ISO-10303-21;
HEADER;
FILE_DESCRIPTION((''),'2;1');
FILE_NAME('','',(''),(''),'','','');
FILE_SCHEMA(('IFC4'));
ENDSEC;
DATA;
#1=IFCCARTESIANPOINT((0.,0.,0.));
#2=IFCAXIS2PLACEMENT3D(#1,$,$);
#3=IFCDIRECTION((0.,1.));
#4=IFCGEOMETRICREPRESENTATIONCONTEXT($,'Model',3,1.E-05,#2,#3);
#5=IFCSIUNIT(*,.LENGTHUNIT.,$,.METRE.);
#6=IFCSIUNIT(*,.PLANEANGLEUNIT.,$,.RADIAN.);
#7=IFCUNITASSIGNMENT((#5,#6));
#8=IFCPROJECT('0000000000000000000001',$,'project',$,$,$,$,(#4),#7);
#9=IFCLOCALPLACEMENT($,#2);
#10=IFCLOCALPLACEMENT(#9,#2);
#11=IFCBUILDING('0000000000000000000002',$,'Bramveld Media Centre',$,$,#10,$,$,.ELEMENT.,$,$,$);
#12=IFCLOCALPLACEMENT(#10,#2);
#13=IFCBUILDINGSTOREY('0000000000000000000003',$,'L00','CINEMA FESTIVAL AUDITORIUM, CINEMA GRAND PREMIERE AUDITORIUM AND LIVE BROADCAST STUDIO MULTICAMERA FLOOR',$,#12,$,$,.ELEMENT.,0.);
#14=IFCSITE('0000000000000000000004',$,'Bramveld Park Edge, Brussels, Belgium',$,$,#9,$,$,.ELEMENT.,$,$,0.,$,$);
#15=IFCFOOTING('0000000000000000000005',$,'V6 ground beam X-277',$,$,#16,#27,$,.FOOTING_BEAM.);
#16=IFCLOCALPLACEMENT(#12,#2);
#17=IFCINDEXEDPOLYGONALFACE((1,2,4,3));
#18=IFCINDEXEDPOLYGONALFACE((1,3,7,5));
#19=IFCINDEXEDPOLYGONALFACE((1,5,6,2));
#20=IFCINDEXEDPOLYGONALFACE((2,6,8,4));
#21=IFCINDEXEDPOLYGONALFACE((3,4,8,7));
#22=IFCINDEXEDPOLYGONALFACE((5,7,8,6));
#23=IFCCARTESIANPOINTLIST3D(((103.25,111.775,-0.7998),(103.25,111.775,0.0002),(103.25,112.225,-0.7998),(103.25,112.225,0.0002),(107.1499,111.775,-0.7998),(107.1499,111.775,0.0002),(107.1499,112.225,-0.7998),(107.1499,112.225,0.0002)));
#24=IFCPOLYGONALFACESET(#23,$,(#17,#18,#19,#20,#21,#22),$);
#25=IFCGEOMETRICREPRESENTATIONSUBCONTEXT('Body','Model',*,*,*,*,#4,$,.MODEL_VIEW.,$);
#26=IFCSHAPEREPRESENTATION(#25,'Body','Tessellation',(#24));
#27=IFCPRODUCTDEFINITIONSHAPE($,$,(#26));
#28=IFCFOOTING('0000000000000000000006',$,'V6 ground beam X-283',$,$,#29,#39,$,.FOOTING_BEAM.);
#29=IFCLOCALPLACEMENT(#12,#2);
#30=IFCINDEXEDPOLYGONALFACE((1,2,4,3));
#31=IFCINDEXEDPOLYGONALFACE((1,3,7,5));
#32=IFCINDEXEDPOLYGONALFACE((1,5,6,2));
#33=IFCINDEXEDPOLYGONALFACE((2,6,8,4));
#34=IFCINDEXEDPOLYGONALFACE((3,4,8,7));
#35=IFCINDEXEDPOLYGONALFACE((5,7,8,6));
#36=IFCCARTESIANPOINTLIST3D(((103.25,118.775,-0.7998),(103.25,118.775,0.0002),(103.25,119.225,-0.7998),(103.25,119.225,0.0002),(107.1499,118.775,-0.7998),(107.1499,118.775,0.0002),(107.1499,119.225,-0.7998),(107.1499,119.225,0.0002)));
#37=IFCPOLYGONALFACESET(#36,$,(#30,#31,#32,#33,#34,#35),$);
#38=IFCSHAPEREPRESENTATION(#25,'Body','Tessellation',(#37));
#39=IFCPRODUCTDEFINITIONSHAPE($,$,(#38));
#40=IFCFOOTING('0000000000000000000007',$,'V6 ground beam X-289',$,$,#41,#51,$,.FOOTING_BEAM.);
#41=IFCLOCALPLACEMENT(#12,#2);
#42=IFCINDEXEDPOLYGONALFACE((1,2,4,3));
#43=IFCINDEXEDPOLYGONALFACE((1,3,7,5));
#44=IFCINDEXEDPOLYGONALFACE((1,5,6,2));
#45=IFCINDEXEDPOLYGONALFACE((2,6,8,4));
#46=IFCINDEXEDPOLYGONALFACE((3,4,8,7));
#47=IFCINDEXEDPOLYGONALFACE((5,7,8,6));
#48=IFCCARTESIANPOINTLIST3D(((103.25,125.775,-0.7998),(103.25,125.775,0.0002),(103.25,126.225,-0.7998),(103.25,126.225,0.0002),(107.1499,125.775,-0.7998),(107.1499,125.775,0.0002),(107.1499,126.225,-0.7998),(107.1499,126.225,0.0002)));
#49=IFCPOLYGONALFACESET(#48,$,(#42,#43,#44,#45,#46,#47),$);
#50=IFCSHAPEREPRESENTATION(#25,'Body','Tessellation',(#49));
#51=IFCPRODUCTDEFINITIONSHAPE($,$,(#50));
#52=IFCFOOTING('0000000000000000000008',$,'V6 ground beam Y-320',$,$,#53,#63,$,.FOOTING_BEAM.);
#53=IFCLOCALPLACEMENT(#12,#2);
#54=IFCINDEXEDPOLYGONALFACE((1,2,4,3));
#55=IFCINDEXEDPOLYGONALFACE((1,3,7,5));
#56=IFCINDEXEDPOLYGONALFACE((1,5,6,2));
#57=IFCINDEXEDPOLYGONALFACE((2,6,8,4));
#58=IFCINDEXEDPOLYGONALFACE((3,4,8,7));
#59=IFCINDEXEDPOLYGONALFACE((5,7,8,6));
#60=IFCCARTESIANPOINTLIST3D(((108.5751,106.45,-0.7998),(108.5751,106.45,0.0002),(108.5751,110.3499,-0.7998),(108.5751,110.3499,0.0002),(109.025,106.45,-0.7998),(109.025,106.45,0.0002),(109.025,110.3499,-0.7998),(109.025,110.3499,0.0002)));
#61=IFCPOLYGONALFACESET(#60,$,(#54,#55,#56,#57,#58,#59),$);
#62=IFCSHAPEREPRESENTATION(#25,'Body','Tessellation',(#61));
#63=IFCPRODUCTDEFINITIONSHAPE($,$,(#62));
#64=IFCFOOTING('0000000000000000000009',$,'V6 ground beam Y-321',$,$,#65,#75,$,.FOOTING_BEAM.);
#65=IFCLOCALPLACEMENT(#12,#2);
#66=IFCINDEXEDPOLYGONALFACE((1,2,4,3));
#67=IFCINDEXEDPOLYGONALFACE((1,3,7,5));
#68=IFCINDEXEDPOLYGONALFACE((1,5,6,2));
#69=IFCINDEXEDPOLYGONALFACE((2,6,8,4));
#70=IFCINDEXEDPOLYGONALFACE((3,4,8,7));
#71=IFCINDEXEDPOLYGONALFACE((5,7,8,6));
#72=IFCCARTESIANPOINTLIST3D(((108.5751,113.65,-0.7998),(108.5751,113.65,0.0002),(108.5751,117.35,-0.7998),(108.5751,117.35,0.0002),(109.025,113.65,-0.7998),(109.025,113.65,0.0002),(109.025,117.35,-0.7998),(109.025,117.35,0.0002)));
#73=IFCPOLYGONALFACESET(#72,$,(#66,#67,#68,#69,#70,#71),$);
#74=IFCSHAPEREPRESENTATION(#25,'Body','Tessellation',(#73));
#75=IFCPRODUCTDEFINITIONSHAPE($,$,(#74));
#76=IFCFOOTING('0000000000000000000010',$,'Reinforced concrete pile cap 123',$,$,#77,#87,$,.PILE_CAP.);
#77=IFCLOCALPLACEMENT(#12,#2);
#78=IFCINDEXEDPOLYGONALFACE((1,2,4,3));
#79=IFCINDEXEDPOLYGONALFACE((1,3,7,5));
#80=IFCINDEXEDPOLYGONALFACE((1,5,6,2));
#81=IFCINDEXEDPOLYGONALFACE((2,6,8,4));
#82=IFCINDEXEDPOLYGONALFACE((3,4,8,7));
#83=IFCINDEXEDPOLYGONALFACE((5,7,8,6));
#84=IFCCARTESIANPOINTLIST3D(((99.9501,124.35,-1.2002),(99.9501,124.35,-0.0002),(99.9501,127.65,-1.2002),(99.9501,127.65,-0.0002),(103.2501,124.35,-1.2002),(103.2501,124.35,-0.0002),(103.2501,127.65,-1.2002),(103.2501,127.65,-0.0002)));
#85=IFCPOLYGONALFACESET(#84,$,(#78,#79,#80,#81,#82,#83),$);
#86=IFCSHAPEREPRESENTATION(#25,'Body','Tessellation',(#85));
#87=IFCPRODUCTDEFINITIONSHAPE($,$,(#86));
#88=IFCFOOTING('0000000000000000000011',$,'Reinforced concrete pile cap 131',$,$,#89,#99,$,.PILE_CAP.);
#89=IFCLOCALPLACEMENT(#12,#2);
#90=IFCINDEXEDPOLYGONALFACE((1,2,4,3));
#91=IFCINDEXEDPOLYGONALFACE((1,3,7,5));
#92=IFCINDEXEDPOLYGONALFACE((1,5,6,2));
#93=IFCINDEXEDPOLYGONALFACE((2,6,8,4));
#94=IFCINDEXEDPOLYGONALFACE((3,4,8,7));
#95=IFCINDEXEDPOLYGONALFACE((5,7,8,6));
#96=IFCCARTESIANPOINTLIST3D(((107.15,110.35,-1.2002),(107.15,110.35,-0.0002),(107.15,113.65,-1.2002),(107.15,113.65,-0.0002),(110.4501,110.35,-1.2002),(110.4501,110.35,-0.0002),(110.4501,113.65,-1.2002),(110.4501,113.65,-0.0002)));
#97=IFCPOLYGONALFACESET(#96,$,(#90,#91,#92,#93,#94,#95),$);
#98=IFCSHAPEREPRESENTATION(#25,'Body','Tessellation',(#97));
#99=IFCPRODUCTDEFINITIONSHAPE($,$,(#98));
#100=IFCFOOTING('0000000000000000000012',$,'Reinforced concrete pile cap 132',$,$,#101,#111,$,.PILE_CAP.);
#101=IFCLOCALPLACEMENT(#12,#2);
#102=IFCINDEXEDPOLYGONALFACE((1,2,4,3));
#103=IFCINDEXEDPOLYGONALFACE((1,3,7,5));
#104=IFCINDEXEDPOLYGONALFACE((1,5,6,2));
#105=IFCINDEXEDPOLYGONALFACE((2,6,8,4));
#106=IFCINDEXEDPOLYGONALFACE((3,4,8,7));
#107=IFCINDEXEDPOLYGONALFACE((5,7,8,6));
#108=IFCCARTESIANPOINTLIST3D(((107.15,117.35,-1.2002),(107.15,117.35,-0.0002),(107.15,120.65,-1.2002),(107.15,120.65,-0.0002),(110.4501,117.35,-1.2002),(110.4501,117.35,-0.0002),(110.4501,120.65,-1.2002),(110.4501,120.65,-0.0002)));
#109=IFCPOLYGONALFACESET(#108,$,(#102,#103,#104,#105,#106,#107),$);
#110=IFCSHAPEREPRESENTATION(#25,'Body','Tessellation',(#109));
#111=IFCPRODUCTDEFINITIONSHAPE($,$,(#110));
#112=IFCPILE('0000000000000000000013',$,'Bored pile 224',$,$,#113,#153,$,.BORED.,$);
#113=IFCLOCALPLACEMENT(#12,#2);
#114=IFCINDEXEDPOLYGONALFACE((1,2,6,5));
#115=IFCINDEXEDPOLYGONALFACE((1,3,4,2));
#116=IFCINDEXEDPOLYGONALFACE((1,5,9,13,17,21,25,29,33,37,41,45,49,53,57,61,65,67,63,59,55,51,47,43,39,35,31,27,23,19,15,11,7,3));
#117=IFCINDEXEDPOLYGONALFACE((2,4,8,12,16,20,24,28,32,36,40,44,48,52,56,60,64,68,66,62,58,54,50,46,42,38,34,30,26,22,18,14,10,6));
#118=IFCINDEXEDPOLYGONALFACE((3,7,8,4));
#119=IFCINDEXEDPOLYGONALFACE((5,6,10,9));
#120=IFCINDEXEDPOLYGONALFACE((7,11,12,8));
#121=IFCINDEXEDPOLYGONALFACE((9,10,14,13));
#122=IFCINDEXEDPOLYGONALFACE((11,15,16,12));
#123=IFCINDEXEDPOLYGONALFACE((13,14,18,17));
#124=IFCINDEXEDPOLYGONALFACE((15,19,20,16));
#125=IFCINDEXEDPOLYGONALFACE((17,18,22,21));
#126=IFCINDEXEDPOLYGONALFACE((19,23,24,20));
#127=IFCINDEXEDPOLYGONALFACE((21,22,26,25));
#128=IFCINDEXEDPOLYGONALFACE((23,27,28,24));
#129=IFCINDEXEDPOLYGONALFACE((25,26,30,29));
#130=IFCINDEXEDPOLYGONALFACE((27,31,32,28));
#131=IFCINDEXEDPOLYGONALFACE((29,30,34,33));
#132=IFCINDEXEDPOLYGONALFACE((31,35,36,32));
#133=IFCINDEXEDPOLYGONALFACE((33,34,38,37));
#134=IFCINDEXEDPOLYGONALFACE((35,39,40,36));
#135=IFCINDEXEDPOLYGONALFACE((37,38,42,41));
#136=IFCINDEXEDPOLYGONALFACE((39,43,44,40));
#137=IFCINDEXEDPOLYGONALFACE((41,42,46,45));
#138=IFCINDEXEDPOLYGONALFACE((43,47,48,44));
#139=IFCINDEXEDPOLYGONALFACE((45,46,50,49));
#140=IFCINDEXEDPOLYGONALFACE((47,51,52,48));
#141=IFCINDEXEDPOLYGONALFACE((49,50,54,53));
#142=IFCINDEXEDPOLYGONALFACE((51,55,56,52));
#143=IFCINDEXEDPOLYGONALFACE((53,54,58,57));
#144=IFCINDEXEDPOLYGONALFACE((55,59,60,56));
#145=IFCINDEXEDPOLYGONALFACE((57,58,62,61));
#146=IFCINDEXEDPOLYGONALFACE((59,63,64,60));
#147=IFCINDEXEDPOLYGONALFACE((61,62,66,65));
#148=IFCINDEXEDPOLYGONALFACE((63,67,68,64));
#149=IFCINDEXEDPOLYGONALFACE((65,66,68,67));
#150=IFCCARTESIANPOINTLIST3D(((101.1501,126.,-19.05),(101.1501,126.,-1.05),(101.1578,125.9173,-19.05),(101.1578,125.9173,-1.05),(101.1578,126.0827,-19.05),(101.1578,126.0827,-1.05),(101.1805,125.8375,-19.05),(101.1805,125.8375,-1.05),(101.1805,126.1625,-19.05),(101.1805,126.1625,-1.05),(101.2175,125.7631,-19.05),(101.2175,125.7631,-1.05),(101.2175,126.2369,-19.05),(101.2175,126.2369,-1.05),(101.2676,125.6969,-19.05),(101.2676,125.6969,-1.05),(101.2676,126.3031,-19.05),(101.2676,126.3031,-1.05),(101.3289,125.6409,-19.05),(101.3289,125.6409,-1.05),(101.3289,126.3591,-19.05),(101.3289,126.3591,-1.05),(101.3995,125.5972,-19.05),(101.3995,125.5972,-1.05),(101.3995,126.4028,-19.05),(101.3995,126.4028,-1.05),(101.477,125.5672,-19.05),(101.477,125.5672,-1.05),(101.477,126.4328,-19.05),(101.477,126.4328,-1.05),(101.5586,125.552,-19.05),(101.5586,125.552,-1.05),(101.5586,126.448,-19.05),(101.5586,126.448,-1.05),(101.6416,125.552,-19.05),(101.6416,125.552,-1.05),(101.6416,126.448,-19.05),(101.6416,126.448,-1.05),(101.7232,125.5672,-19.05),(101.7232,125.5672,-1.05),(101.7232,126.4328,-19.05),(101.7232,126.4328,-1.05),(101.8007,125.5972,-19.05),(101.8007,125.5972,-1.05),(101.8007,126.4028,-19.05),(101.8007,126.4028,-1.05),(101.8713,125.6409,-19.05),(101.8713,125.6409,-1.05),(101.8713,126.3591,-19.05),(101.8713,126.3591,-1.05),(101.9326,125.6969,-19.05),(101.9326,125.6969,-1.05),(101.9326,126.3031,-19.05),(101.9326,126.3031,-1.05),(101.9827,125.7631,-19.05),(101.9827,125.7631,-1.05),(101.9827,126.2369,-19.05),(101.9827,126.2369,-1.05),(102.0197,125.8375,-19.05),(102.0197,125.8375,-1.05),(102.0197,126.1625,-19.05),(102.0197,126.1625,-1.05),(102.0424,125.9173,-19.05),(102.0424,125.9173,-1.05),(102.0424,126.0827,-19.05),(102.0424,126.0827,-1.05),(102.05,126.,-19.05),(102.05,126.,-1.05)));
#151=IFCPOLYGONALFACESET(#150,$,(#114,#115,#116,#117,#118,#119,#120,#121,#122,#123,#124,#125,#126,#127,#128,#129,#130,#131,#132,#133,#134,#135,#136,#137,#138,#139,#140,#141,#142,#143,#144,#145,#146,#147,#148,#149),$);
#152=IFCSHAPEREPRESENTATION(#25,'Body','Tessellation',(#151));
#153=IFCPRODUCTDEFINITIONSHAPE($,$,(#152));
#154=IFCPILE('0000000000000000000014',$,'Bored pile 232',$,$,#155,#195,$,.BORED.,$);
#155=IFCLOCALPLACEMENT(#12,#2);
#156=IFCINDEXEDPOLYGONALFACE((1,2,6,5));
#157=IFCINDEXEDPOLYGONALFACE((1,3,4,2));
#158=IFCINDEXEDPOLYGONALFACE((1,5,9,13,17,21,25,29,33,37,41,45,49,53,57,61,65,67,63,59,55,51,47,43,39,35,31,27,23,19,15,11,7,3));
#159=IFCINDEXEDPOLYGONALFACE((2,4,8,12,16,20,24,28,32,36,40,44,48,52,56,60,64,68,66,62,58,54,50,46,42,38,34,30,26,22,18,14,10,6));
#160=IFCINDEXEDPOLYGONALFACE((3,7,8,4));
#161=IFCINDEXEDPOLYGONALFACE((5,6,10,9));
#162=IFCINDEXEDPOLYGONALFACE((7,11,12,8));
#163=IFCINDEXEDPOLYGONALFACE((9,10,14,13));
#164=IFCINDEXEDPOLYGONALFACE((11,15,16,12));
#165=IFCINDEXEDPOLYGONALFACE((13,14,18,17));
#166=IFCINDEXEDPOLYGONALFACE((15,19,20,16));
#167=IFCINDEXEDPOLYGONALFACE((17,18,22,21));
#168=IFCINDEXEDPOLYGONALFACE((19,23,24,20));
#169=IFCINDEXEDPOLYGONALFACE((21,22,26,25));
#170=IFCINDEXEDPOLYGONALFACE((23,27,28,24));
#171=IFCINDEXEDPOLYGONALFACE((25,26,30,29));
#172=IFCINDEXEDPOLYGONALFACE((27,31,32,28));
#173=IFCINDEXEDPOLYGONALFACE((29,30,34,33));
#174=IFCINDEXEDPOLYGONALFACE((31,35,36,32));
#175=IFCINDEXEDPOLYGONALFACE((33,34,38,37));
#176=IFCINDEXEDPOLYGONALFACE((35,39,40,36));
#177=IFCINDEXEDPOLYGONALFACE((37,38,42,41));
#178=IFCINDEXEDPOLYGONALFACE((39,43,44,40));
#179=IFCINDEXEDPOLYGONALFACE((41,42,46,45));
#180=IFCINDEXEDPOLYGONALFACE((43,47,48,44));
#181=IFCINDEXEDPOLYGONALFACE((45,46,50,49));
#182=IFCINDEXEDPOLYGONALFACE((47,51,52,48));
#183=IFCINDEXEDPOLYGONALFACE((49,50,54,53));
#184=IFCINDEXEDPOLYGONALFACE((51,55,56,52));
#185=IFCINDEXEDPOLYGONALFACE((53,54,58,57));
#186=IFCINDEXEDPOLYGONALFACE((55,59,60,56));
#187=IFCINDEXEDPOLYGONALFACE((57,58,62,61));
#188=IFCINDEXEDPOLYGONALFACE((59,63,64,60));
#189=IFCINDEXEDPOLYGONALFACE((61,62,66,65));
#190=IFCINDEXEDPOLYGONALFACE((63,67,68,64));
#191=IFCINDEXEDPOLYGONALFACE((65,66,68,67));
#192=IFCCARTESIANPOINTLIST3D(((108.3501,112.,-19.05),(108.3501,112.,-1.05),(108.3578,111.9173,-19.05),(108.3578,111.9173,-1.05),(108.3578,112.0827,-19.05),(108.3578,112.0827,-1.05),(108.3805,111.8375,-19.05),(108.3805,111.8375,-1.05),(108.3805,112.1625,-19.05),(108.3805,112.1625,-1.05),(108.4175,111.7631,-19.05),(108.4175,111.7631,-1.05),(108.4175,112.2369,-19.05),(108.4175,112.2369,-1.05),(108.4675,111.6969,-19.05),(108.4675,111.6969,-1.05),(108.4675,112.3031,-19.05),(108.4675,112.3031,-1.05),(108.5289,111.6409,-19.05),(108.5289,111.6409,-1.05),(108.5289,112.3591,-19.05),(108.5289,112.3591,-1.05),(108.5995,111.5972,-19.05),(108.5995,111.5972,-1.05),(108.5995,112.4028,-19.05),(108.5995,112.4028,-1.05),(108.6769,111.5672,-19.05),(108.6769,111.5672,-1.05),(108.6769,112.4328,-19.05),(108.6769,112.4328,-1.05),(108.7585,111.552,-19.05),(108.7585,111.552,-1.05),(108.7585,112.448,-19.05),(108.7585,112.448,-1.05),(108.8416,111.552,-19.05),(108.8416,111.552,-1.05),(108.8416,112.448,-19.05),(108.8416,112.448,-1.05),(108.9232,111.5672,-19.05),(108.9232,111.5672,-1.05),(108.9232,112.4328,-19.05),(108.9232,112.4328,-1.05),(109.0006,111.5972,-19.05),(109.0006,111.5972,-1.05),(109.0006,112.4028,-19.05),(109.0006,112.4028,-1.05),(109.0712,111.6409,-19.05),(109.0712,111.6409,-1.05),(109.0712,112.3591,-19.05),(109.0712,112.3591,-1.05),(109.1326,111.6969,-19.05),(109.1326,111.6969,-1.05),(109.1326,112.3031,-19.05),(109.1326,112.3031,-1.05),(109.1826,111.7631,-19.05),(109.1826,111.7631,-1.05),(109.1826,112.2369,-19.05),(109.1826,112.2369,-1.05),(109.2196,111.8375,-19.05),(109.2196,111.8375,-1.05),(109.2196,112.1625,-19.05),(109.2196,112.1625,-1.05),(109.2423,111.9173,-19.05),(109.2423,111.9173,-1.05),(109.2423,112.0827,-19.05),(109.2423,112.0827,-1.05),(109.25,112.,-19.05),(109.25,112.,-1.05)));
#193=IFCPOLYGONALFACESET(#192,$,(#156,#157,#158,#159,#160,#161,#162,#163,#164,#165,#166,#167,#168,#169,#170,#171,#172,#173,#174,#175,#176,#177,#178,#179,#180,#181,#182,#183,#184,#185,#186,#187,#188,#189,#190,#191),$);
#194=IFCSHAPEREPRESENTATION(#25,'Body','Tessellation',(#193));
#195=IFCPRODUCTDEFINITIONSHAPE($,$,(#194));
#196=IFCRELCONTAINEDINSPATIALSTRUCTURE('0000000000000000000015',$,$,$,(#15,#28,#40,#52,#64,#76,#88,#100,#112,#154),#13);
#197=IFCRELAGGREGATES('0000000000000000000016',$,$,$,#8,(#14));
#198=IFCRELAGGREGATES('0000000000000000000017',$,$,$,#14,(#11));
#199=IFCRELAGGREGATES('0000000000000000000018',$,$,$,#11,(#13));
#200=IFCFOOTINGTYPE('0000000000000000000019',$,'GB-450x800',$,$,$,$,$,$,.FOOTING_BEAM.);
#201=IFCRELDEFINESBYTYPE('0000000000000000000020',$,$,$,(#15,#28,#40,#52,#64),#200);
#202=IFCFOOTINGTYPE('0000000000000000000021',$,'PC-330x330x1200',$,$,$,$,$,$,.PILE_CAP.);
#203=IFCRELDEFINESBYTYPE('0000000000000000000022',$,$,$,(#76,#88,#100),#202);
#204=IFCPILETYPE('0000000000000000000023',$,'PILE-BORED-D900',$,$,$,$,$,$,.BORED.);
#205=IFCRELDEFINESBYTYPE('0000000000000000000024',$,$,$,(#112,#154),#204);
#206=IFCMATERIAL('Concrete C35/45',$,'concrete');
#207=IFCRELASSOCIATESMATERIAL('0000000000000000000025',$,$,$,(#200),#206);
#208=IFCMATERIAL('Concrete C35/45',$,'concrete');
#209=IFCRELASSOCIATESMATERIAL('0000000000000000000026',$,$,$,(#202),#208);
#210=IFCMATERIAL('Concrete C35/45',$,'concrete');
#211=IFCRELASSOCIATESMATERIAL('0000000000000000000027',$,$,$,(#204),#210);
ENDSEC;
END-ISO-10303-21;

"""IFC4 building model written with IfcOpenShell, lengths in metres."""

from ifc_helpers import new_model, si_unit, direction, frame, origin, origin_2d, place, context, subcontext, project, spatial, rectangle, circle, extrude, material, material_profile, profile_set, type_object, element, save


model = new_model("IFC4")

# Units and contexts
model_context = context("Model", 3, precision=1e-05, world=origin(), true_north=direction((0.0, 1.0)))
body_context = subcontext(model_context, "Body", "Model", "MODEL_VIEW")
ifc_project = project(units=[si_unit("LENGTHUNIT", "METRE"), si_unit("PLANEANGLEUNIT", "RADIAN")], contexts=[model_context])

# Site, building, storey
site_placement = place(None, origin())
site = spatial("IfcSite", under=ifc_project, at=site_placement, Name="Bramveld Park Edge, Brussels, Belgium", CompositionType="ELEMENT", RefElevation=0.0)
building_placement = place(site_placement, origin())
building = spatial("IfcBuilding", under=site, at=building_placement, Name="Bramveld Media Centre", CompositionType="ELEMENT")
storey_placement = place(building_placement, origin())
storey = spatial("IfcBuildingStorey", under=building, at=storey_placement, Name="L00", Description="CINEMA FESTIVAL AUDITORIUM, CINEMA GRAND PREMIERE AUDITORIUM AND LIVE BROADCAST STUDIO MULTICAMERA FLOOR", CompositionType="ELEMENT", Elevation=0.0)

# Footings
ifc_material_1 = material(Name="Concrete C35/45", Category="concrete")
footing_type_1 = type_object("IfcFootingType", Name="GB-450x800", PredefinedType="FOOTING_BEAM", material=ifc_material_1)
for number, where, z_axis, x_axis, name in (
    (1, (105.2, 112.0, -0.7998), (0.0, 0.0, 1.0), (1.0, 0.0, 0.0), "V6 ground beam X-277"),
    (2, (105.2, 119.0, -0.7998), (0.0, 0.0, 1.0), (1.0, 0.0, 0.0), "V6 ground beam X-283"),
    (3, (105.2, 126.0, -0.7998), (0.0, 0.0, 1.0), (1.0, 0.0, 0.0), "V6 ground beam X-289"),
):
    element("IfcFooting", number, at=place(storey_placement, frame(where, z_axis=z_axis, x_axis=x_axis)), inside=storey, type_object=footing_type_1, Name=name, PredefinedType="FOOTING_BEAM", context=body_context, shape_type="SweptSolid", body=[
        extrude(rectangle(XDim=3.8999, YDim=0.45, at=origin_2d()), origin(), (0.0, 0.0, 1.0), 0.8),
    ])
footing_1_placement = place(storey_placement, frame((108.8, 108.3999, -0.7998), z_axis=(0.0, 0.0, 1.0), x_axis=(1.0, 0.0, 0.0)))
element("IfcFooting", 4, at=footing_1_placement, inside=storey, type_object=footing_type_1, Name="V6 ground beam Y-320", PredefinedType="FOOTING_BEAM", context=body_context, shape_type="SweptSolid", body=[
    extrude(rectangle(XDim=0.45, YDim=3.8999, at=origin_2d()), origin(), (0.0, 0.0, 1.0), 0.8),
])
footing_2_placement = place(storey_placement, frame((108.8, 115.5, -0.7998), z_axis=(0.0, 0.0, 1.0), x_axis=(1.0, 0.0, 0.0)))
element("IfcFooting", 5, at=footing_2_placement, inside=storey, type_object=footing_type_1, Name="V6 ground beam Y-321", PredefinedType="FOOTING_BEAM", context=body_context, shape_type="SweptSolid", body=[
    extrude(rectangle(XDim=0.45, YDim=3.7, at=origin_2d()), origin(), (0.0, 0.0, 1.0), 0.8),
])
ifc_material_2 = material(Name="Concrete C35/45", Category="concrete")
footing_type_2 = type_object("IfcFootingType", Name="PC-330x330x1200", PredefinedType="PILE_CAP", material=ifc_material_2)
for number, where, z_axis, x_axis, name in (
    (6, (101.6001, 126.0, -1.2002), (0.0, 0.0, 1.0), (1.0, 0.0, 0.0), "Reinforced concrete pile cap 123"),
    (7, (108.8, 112.0, -1.2002), (0.0, 0.0, 1.0), (1.0, 0.0, 0.0), "Reinforced concrete pile cap 131"),
    (8, (108.8, 119.0, -1.2002), (0.0, 0.0, 1.0), (1.0, 0.0, 0.0), "Reinforced concrete pile cap 132"),
):
    element("IfcFooting", number, at=place(storey_placement, frame(where, z_axis=z_axis, x_axis=x_axis)), inside=storey, type_object=footing_type_2, Name=name, PredefinedType="PILE_CAP", context=body_context, shape_type="SweptSolid", body=[
        extrude(rectangle(XDim=3.3, YDim=3.3, at=origin_2d()), origin(), (0.0, 0.0, 1.0), 1.2),
    ])

# Piles
ifc_material_3 = material(Name="Concrete C35/45", Category="concrete")
ifc_material_profile_1 = material_profile(ifc_material_3, circle(Radius=0.45, at=origin_2d()), Name="BORED D900")
ifc_profile_set_1 = profile_set([ifc_material_profile_1], Name="Concrete C35/45")
pile_type = type_object("IfcPileType", Name="PILE-BORED-D900", PredefinedType="BORED", material=ifc_profile_set_1)
for number, where, z_axis, x_axis, name in (
    (9, (101.6001, 126.0, -1.05), (0.0, 0.0, -1.0), (1.0, 0.0, 0.0), "Bored pile 224"),
    (10, (108.8, 112.0, -1.05), (0.0, 0.0, -1.0), (1.0, 0.0, 0.0), "Bored pile 232"),
):
    element("IfcPile", number, at=place(storey_placement, frame(where, z_axis=z_axis, x_axis=x_axis)), inside=storey, type_object=pile_type, Name=name, PredefinedType="BORED", context=body_context, shape_type="SweptSolid", body=[
        extrude(circle(Radius=0.45, at=origin_2d()), origin(), (0.0, 0.0, 1.0), 18.0),
    ])

save(model, "model.ifc")
